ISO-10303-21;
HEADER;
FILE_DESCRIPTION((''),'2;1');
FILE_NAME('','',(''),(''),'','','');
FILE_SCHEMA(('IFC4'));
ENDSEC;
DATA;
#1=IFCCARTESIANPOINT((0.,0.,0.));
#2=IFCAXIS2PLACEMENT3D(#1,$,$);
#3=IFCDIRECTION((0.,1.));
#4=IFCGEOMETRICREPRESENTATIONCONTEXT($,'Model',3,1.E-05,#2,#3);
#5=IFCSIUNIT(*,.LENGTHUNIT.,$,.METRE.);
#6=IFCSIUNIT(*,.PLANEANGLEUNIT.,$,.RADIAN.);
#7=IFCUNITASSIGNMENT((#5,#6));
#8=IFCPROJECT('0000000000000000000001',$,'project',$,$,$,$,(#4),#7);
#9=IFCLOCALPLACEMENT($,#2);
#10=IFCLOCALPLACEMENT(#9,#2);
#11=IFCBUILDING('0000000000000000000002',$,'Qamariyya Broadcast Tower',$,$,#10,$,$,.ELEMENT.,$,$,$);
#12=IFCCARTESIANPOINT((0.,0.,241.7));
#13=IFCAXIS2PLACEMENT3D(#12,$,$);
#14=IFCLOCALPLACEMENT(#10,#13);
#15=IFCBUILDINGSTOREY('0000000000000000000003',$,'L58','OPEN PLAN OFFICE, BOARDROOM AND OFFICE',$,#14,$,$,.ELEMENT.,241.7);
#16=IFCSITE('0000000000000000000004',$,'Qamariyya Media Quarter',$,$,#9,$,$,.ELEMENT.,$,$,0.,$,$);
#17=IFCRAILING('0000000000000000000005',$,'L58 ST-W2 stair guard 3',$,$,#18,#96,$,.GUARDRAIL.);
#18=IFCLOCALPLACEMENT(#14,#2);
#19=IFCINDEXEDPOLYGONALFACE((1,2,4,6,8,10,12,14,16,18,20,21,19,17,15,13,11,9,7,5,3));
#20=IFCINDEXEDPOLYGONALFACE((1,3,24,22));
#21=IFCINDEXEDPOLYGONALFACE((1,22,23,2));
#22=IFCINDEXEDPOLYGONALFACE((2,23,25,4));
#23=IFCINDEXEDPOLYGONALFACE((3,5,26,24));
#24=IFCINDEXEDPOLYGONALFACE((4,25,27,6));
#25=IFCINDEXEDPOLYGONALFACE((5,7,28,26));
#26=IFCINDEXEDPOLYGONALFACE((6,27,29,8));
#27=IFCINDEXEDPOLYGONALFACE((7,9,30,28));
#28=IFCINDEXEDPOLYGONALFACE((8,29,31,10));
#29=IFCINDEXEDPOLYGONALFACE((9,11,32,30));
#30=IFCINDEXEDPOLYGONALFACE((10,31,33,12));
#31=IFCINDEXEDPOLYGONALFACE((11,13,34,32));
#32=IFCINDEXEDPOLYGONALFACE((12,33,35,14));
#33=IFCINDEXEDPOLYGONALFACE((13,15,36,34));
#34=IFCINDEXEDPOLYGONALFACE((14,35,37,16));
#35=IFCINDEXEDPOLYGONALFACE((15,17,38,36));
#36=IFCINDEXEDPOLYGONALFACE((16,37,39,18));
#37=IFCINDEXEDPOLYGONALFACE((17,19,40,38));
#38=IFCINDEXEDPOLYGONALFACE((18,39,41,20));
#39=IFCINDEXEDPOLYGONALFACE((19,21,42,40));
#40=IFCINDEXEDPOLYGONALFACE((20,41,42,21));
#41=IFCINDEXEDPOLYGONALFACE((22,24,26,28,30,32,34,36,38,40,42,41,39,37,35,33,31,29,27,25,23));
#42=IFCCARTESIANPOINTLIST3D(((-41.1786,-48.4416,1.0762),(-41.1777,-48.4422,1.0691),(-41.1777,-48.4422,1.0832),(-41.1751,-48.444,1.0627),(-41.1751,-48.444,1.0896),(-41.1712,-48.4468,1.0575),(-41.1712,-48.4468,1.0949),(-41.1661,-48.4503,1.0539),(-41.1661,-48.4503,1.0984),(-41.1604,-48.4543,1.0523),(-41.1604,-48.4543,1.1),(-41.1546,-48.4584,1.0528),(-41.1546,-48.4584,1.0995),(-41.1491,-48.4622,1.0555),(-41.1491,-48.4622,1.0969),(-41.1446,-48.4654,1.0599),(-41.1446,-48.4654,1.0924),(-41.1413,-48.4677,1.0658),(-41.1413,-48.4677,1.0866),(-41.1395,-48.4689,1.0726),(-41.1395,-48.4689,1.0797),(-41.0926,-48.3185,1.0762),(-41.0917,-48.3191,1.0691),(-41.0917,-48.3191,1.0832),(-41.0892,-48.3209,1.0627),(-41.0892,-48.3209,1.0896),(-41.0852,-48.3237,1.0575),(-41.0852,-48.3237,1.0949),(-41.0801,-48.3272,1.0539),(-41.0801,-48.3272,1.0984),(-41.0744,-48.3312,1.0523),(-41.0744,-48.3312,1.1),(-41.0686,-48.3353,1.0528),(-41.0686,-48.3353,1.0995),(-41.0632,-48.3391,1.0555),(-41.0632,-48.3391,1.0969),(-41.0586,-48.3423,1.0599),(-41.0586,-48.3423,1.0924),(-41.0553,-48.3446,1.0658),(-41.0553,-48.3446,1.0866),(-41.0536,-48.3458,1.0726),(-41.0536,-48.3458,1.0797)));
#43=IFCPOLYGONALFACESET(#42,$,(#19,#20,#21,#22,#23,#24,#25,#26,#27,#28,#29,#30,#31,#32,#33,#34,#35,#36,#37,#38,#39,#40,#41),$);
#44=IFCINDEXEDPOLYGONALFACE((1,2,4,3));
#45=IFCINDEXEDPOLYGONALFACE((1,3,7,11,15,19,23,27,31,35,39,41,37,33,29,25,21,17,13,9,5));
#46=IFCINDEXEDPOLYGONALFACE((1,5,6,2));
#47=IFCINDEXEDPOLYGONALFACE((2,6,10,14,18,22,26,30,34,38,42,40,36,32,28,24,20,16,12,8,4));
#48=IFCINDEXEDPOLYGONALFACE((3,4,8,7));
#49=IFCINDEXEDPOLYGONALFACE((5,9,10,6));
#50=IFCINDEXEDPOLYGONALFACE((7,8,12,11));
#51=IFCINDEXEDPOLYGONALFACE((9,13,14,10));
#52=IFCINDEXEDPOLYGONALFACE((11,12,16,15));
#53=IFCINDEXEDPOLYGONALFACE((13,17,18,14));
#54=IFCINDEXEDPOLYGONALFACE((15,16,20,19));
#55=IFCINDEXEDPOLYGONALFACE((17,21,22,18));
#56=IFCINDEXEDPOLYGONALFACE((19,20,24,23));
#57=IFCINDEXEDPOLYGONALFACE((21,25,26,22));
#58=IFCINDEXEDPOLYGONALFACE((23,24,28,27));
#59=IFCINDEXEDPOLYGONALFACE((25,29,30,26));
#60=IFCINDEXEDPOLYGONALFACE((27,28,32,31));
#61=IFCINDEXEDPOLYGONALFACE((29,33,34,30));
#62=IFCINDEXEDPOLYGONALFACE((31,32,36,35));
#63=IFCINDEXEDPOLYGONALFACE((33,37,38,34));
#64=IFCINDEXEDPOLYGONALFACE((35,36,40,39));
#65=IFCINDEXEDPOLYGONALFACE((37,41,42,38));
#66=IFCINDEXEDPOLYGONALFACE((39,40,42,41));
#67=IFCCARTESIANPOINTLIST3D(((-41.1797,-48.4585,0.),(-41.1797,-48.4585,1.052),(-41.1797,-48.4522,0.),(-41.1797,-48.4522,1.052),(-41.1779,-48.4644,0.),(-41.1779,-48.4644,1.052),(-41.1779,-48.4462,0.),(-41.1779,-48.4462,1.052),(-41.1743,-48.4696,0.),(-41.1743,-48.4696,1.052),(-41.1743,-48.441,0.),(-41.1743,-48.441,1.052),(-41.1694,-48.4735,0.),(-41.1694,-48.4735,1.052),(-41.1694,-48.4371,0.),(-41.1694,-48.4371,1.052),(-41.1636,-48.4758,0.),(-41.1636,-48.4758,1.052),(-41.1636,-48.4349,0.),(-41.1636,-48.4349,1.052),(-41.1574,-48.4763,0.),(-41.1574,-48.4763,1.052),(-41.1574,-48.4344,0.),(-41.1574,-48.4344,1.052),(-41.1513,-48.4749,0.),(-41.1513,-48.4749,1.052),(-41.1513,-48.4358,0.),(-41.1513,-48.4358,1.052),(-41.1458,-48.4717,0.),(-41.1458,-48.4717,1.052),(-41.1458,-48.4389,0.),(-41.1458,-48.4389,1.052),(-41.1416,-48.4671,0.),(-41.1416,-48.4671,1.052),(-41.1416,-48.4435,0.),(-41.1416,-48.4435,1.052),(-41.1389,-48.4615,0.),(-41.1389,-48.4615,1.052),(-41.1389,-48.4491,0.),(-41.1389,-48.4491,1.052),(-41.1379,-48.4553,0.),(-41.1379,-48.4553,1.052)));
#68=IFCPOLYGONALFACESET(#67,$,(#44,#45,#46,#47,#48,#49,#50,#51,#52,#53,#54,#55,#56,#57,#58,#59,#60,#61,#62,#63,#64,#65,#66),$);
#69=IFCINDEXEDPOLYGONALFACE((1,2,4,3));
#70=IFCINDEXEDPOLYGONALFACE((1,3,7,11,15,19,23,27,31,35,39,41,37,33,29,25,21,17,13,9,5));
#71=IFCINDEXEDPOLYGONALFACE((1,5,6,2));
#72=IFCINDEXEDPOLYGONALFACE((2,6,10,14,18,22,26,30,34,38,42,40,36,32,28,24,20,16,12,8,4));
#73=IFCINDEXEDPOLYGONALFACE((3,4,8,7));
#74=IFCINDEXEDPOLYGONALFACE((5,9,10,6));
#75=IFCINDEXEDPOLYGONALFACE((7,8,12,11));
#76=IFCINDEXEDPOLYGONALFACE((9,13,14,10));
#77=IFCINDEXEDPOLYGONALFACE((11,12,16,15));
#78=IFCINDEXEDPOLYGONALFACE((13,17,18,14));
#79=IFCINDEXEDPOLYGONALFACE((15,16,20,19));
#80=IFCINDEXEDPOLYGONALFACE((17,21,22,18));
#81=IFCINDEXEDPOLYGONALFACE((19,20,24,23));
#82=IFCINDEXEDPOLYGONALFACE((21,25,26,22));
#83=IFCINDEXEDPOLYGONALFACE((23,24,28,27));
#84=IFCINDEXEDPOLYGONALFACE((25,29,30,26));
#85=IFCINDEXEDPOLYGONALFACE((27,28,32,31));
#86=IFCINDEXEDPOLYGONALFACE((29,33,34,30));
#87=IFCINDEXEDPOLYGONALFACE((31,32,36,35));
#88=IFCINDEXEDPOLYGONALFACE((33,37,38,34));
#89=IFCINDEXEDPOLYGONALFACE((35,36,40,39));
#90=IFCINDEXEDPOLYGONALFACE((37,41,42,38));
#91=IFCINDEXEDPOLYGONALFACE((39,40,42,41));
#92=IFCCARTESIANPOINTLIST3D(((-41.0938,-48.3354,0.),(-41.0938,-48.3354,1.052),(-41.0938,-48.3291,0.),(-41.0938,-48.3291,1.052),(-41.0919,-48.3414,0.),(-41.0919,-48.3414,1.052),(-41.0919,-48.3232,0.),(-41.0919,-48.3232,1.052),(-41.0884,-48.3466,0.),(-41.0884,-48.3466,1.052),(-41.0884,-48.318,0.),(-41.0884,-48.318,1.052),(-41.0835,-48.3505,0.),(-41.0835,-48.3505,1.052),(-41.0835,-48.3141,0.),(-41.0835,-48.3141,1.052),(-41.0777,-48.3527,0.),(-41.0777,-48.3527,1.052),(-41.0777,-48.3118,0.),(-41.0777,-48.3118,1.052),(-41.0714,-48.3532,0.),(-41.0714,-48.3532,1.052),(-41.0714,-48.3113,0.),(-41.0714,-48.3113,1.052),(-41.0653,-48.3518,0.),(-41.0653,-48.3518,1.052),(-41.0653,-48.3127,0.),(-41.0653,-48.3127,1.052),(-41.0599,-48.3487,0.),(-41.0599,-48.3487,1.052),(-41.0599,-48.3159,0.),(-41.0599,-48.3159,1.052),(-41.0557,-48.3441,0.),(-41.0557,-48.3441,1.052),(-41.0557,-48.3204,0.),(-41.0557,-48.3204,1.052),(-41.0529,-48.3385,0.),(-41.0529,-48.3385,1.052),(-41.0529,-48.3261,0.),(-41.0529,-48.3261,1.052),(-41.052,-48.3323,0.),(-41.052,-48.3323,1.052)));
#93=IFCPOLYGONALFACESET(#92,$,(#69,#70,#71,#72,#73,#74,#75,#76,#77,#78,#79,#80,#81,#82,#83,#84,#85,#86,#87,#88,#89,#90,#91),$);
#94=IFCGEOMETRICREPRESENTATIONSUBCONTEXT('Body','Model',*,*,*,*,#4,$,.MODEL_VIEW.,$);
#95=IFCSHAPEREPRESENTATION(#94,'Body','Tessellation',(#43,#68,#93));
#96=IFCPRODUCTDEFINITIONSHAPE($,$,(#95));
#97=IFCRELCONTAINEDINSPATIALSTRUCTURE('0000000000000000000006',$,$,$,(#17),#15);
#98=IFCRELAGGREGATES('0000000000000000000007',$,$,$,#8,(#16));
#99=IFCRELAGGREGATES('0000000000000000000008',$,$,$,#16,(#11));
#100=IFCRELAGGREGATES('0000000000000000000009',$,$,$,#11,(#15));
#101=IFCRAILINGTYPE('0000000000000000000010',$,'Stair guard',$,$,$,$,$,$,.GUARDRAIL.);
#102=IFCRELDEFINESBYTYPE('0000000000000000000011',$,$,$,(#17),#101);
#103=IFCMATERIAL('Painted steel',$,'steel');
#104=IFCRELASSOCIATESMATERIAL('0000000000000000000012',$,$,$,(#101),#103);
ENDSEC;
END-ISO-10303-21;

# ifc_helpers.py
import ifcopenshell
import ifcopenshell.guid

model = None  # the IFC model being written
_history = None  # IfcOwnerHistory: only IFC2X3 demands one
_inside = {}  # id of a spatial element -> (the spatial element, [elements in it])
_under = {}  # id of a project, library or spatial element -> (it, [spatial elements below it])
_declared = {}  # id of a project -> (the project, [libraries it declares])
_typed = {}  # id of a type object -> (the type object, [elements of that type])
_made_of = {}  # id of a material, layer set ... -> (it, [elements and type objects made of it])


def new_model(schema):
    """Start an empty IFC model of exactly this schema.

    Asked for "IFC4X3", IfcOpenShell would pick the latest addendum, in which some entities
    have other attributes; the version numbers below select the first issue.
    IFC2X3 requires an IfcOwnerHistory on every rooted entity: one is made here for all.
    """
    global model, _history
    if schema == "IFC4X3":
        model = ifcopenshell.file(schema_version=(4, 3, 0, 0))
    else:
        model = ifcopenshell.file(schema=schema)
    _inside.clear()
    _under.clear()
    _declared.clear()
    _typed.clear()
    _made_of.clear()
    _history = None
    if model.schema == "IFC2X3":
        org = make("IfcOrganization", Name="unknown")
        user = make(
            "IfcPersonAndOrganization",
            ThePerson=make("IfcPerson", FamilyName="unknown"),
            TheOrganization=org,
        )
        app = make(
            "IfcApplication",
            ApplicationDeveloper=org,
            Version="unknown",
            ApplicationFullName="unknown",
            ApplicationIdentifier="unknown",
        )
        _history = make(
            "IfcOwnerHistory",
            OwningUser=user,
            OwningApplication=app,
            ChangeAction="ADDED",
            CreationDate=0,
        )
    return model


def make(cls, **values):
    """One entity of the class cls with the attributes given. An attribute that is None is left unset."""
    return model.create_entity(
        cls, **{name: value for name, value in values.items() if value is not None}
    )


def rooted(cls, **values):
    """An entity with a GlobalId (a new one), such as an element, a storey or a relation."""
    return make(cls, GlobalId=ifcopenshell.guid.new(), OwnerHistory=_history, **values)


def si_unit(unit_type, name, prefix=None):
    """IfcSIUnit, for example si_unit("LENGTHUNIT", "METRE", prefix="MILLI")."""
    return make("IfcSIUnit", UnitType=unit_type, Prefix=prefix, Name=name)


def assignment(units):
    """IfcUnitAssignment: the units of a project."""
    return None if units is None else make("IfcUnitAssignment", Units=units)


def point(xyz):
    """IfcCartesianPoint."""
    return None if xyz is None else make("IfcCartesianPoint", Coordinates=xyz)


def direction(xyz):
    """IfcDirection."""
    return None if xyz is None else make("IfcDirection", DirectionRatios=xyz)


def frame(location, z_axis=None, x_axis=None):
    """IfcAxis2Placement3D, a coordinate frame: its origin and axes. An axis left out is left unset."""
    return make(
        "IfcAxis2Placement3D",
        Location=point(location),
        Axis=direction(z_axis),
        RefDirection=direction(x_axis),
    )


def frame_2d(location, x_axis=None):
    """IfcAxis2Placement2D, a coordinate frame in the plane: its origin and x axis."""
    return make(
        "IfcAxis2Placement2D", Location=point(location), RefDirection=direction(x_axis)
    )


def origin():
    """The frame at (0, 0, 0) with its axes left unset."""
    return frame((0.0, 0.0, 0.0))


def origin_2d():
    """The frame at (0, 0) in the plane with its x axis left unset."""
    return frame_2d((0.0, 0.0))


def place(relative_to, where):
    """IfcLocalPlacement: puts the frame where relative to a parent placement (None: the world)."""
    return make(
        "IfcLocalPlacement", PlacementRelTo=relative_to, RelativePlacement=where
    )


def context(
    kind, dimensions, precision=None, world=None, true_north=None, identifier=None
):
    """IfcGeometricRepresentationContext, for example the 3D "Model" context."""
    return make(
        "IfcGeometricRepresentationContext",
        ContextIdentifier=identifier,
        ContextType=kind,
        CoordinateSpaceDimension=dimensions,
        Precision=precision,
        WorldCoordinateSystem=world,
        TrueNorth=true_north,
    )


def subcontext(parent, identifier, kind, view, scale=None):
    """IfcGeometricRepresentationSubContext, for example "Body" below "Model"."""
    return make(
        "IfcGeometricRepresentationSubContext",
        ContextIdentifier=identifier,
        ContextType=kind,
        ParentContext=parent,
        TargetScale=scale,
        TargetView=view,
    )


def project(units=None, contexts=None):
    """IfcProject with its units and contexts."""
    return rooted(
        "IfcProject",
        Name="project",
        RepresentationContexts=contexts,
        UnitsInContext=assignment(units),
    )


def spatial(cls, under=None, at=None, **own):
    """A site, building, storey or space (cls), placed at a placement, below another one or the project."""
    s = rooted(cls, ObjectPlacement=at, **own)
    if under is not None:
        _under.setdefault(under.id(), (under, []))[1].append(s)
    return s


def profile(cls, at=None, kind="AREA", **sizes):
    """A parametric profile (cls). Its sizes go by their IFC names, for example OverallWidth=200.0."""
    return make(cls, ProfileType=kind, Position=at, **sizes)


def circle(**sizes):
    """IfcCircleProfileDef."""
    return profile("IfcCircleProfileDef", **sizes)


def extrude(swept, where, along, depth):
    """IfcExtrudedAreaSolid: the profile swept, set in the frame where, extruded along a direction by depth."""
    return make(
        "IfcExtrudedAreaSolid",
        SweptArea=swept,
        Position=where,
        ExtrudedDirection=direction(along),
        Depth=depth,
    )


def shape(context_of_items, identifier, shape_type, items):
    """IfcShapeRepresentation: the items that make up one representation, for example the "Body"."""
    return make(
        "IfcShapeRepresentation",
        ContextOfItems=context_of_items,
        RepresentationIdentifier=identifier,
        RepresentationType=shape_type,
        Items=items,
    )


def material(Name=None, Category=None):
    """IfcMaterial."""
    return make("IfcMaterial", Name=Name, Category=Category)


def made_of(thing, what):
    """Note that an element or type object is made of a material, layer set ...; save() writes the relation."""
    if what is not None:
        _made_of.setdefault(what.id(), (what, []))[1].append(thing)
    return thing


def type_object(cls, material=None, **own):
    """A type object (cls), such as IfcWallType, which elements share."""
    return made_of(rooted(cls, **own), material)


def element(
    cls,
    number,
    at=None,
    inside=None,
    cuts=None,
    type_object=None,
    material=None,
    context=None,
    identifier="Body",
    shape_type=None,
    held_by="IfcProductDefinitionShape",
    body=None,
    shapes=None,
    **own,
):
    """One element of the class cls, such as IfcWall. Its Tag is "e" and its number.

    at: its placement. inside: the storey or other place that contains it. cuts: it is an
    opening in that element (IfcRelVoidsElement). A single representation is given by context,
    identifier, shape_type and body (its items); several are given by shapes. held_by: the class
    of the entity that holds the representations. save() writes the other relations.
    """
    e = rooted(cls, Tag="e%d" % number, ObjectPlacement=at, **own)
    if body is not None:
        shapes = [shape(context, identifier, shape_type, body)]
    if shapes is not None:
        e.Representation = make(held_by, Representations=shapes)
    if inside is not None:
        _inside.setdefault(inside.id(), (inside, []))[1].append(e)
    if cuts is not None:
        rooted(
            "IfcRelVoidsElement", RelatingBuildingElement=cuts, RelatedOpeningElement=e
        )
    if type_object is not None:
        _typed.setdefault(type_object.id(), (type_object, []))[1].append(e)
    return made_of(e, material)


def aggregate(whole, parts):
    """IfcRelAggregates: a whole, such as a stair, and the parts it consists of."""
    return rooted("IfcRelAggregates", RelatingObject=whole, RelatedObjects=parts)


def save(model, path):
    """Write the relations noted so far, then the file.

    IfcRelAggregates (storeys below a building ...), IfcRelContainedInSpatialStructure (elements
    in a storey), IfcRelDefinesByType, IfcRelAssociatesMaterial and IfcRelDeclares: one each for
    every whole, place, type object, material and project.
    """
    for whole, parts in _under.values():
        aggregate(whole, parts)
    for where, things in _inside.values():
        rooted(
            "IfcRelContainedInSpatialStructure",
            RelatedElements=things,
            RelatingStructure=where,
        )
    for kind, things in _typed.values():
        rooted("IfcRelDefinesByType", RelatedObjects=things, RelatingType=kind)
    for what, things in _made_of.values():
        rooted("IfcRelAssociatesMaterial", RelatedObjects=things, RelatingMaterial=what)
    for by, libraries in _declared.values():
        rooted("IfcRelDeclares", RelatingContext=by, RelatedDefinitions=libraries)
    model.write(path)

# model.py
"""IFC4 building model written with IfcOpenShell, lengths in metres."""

from ifc_helpers import new_model, si_unit, direction, frame, origin, origin_2d, place, context, subcontext, project, spatial, circle, extrude, material, type_object, element, save


model = new_model("IFC4")

# Units and contexts
model_context = context("Model", 3, precision=1e-05, world=origin(), true_north=direction((0.0, 1.0)))
body_context = subcontext(model_context, "Body", "Model", "MODEL_VIEW")
ifc_project = project(units=[si_unit("LENGTHUNIT", "METRE"), si_unit("PLANEANGLEUNIT", "RADIAN")], contexts=[model_context])

# Site, building, storey
site_placement = place(None, origin())
site = spatial("IfcSite", under=ifc_project, at=site_placement, Name="Qamariyya Media Quarter", CompositionType="ELEMENT", RefElevation=0.0)
building_placement = place(site_placement, origin())
building = spatial("IfcBuilding", under=site, at=building_placement, Name="Qamariyya Broadcast Tower", CompositionType="ELEMENT")
storey_placement = place(building_placement, frame((0.0, 0.0, 241.7)))
storey = spatial("IfcBuildingStorey", under=building, at=storey_placement, Name="L58", Description="OPEN PLAN OFFICE, BOARDROOM AND OFFICE", CompositionType="ELEMENT", Elevation=241.7)

# Railing
ifc_material_1 = material(Name="Painted steel", Category="steel")
railing_type_1 = type_object("IfcRailingType", Name="Stair guard", PredefinedType="GUARDRAIL", material=ifc_material_1)
railing_1_placement = place(storey_placement, frame((-41.1589, -48.4553, 0.0)))
element("IfcRailing", 1, at=railing_1_placement, inside=storey, type_object=railing_type_1, Name="L58 ST-W2 stair guard 3", PredefinedType="GUARDRAIL", context=body_context, shape_type="SweptSolid", body=[
    extrude(circle(Radius=0.0239, at=origin_2d()), frame((0.0, 0.0, 1.0762), z_axis=(0.572589, 0.819843, 0.0), x_axis=(-0.819843, 0.572589, 0.0)), (0.0, 0.0, 1.0), 0.1501),
    extrude(circle(Radius=0.021, at=origin_2d()), origin(), (0.0, 0.0, 1.0), 1.052),
    extrude(circle(Radius=0.021, at=origin_2d()), frame((0.0859, 0.123, 0.0)), (0.0, 0.0, 1.0), 1.052),
])

save(model, "model.ifc")
